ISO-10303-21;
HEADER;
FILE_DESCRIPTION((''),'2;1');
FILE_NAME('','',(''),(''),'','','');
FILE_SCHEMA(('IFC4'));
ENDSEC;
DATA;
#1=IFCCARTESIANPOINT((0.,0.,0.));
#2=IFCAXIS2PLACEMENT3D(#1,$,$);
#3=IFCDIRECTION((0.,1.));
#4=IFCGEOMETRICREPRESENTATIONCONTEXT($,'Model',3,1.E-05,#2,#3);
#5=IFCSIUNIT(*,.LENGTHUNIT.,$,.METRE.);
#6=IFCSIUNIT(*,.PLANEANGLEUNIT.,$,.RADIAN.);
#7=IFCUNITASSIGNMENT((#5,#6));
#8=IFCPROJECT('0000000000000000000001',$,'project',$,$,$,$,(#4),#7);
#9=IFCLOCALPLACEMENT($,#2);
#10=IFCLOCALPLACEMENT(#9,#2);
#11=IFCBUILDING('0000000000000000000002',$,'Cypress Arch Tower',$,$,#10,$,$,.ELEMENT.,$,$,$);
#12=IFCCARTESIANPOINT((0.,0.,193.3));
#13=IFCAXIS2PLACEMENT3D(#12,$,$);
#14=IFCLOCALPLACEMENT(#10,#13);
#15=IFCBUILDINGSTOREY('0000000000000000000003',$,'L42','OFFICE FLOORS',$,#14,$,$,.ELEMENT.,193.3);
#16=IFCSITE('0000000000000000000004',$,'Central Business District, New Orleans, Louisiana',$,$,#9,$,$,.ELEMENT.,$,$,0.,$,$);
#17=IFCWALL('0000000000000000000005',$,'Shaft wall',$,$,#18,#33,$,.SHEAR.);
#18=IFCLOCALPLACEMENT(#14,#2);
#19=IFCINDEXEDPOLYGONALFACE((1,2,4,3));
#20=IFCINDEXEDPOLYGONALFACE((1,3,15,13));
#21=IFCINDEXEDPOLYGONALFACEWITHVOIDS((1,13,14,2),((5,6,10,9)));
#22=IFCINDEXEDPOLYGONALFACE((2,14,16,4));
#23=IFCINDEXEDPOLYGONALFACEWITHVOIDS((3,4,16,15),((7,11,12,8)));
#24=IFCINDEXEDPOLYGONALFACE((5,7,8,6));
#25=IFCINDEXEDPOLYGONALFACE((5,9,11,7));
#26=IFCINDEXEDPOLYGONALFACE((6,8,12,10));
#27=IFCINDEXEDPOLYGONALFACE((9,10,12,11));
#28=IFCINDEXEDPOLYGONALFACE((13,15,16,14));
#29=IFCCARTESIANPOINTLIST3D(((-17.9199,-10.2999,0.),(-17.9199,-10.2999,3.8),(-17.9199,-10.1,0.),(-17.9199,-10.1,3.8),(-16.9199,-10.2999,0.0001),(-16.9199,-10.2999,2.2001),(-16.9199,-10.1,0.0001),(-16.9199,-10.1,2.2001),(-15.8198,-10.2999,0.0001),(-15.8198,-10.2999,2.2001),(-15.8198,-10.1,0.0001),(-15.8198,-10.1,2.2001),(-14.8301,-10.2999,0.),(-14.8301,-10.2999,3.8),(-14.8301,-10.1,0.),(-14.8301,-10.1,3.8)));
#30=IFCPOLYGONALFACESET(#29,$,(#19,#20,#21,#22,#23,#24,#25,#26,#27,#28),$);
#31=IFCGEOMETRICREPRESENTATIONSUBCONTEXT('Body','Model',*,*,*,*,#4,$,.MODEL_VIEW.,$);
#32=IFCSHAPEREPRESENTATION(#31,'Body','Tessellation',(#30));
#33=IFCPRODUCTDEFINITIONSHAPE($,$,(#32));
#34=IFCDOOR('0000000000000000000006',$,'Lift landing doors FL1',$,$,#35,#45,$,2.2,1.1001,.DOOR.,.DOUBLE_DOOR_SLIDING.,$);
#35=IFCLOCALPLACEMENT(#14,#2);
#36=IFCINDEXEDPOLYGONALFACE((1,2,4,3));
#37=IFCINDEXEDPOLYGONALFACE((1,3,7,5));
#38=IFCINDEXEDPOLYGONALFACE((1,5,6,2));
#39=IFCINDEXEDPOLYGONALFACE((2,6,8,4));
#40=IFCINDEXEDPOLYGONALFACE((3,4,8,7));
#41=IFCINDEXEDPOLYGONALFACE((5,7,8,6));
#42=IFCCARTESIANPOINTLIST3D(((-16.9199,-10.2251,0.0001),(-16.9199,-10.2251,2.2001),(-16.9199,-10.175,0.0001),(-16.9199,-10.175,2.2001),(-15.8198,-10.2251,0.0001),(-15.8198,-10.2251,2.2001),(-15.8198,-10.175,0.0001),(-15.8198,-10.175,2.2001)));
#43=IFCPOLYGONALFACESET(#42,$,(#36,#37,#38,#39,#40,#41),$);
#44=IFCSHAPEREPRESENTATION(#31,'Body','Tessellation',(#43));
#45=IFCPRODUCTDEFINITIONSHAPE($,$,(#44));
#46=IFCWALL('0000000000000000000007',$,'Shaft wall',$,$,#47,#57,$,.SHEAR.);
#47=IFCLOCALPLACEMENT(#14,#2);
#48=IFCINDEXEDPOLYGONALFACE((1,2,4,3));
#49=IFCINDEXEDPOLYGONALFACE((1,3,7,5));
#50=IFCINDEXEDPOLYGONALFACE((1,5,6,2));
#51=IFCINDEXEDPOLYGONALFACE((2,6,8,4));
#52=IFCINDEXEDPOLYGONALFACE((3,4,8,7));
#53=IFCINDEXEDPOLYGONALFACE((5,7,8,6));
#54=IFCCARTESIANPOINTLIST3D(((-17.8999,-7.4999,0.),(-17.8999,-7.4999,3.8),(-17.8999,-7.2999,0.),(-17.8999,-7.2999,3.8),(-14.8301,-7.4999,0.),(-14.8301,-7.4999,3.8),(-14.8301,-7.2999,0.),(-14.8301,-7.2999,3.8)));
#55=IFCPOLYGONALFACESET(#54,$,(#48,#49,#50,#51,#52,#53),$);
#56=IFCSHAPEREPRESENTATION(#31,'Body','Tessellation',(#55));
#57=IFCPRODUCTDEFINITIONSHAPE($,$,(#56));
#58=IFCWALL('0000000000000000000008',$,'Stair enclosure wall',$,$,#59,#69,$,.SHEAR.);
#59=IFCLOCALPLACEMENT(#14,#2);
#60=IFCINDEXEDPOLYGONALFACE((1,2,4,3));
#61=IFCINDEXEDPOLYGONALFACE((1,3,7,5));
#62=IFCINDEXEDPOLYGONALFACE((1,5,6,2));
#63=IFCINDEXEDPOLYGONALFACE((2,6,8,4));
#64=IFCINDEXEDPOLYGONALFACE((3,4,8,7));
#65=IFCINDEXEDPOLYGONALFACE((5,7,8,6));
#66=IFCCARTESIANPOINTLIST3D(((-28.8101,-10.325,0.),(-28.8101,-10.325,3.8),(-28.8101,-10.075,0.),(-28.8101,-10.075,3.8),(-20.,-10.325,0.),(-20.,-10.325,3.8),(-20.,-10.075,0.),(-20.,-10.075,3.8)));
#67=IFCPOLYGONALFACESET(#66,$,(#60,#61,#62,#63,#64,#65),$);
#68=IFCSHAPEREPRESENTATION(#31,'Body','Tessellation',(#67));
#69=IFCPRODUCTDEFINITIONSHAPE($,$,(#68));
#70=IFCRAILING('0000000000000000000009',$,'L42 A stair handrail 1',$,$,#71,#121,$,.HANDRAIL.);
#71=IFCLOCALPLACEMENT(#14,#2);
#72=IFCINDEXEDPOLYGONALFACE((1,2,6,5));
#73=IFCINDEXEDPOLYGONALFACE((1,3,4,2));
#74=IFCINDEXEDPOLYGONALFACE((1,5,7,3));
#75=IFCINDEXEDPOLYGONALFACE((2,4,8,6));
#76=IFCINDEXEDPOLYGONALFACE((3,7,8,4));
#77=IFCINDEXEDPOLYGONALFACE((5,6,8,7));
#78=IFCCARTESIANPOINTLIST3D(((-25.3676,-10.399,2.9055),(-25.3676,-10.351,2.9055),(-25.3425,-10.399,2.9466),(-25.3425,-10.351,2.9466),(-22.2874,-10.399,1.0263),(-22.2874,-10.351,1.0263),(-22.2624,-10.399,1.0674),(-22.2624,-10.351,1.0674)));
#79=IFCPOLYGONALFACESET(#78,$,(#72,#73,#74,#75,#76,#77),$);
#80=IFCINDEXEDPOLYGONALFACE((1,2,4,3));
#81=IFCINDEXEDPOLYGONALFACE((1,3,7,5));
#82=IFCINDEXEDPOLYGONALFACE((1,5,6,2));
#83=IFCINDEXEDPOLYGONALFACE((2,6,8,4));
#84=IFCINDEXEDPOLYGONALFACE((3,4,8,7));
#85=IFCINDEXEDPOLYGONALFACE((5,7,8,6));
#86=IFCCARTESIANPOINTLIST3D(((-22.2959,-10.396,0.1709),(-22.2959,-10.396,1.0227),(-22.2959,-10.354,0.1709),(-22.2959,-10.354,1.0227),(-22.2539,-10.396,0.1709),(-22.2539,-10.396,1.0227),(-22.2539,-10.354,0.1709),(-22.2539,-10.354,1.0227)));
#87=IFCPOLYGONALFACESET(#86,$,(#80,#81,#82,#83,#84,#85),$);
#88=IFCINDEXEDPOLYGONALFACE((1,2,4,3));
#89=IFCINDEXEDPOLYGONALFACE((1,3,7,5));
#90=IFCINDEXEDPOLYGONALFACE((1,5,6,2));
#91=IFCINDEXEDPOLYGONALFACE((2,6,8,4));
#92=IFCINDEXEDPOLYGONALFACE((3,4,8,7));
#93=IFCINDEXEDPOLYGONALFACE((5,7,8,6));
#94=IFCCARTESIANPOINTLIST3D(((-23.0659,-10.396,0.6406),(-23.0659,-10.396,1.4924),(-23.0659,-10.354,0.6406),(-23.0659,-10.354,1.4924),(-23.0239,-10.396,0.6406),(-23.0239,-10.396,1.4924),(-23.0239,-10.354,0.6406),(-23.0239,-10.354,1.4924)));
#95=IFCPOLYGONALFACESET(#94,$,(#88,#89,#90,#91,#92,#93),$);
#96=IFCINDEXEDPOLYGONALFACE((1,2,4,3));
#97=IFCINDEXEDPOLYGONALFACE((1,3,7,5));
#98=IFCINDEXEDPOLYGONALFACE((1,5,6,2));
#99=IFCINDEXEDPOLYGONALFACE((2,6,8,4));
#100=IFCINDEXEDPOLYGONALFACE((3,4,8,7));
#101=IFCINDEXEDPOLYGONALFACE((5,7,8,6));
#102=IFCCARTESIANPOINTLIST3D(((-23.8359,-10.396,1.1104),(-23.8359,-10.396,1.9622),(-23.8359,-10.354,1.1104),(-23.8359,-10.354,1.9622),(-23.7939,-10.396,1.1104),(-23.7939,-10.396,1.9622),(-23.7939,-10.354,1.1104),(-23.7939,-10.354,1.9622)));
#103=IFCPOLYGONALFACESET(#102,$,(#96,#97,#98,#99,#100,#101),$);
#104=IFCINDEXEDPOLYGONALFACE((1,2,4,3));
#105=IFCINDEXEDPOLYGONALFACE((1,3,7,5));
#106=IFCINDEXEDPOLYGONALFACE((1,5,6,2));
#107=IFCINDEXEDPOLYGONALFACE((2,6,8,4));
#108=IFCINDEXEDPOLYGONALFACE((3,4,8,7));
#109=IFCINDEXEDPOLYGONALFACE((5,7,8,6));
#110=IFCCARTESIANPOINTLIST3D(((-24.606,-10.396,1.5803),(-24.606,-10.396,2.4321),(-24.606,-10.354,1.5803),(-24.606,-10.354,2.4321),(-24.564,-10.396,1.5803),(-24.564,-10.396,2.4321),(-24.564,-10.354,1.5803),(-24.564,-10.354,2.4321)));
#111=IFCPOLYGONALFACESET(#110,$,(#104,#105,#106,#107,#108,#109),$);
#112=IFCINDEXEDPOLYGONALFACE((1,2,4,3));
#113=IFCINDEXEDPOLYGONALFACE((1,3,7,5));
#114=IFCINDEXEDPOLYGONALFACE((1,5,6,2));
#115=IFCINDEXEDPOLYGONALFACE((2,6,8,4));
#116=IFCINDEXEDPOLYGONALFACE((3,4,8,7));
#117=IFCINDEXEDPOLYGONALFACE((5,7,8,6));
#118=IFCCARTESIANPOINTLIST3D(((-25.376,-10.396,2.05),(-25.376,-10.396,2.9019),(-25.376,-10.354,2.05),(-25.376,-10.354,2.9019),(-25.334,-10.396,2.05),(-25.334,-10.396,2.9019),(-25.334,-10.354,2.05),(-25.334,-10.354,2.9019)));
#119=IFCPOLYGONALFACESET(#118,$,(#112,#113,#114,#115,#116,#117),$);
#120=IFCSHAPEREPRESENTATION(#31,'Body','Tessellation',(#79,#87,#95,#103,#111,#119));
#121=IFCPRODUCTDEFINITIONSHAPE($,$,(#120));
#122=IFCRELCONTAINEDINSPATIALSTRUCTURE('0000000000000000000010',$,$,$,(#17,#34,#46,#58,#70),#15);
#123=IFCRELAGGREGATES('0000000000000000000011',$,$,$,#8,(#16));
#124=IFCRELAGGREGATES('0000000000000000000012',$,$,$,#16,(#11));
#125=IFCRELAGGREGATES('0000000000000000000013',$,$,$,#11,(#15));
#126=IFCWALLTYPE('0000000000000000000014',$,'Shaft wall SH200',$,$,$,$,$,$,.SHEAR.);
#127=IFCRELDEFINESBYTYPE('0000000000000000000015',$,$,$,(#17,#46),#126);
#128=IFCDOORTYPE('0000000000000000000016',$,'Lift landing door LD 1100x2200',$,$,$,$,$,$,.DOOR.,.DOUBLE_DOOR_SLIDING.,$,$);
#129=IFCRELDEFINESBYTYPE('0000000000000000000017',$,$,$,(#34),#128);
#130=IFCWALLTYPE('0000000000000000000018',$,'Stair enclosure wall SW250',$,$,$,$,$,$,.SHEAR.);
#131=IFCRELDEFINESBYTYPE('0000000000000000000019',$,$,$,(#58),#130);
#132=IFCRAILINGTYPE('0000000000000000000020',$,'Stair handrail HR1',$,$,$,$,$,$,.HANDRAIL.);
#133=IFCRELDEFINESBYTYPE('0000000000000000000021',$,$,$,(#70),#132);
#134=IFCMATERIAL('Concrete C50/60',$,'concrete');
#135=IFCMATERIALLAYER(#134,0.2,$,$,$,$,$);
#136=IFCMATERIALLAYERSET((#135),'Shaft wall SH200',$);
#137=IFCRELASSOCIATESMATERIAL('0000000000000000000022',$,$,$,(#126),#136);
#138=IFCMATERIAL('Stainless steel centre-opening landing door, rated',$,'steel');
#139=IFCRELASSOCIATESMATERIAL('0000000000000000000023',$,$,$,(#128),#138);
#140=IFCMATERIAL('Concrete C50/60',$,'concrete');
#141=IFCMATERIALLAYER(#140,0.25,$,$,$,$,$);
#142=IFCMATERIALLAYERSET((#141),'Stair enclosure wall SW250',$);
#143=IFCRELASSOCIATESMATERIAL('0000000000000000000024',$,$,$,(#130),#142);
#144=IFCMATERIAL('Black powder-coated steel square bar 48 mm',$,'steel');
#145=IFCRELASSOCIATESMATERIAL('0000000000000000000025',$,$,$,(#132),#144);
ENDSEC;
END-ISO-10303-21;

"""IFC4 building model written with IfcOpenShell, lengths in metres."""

from ifc_helpers import new_model, si_unit, direction, frame, frame_2d, origin, origin_2d, place, context, subcontext, project, spatial, rectangle, extrude, material, layer, layer_set, type_object, element, fill, save


model = new_model("IFC4")

# Units and contexts
model_context = context("Model", 3, precision=1e-05, world=origin(), true_north=direction((0.0, 1.0)))
body_context = subcontext(model_context, "Body", "Model", "MODEL_VIEW")
ifc_project = project(units=[si_unit("LENGTHUNIT", "METRE"), si_unit("PLANEANGLEUNIT", "RADIAN")], contexts=[model_context])

# Site, building, storey
site_placement = place(None, origin())
site = spatial("IfcSite", under=ifc_project, at=site_placement, Name="Central Business District, New Orleans, Louisiana", CompositionType="ELEMENT", RefElevation=0.0)
building_placement = place(site_placement, origin())
building = spatial("IfcBuilding", under=site, at=building_placement, Name="Cypress Arch Tower", CompositionType="ELEMENT")
storey_placement = place(building_placement, frame((0.0, 0.0, 193.3)))
storey = spatial("IfcBuildingStorey", under=building, at=storey_placement, Name="L42", Description="OFFICE FLOORS", CompositionType="ELEMENT", Elevation=193.3)

# Shared definitions
ifc_material_1 = material(Name="Concrete C50/60", Category="concrete")
ifc_layer_1 = layer(ifc_material_1, 0.2)
ifc_layer_set_1 = layer_set([ifc_layer_1], Name="Shaft wall SH200")
wall_type_1 = type_object("IfcWallType", Name="Shaft wall SH200", PredefinedType="SHEAR", material=ifc_layer_set_1)

# Wall, opening, door
wall_1_placement = place(storey_placement, frame((-17.9199, -10.2, 0.0), z_axis=(0.0, 0.0, 1.0), x_axis=(1.0, 0.0, 0.0)))
wall_1 = element("IfcWall", 1, at=wall_1_placement, inside=storey, type_object=wall_type_1, Name="Shaft wall", PredefinedType="SHEAR", context=body_context, shape_type="SweptSolid", body=[
    extrude(rectangle(XDim=3.0898, YDim=0.2, at=frame_2d((1.5449, 0.0))), origin(), (0.0, 0.0, 1.0), 3.8),
])
opening_1_placement = place(wall_1_placement, frame((1.0, 0.0, 0.0)))
opening_1 = element("IfcOpeningElement", 2, at=opening_1_placement, cuts=wall_1, PredefinedType="OPENING", context=body_context, shape_type="SweptSolid", body=[
    extrude(rectangle(XDim=1.1001, YDim=2.2, at=frame_2d((0.55, 1.1001))), frame((0.0, 0.1099, 0.0), z_axis=(0.0, -1.0, 0.0), x_axis=(1.0, 0.0, 0.0)), (0.0, 0.0, 1.0), 0.22),
])
ifc_material_2 = material(Name="Stainless steel centre-opening landing door, rated", Category="steel")
door_type_1 = type_object("IfcDoorType", Name="Lift landing door LD 1100x2200", OperationType="DOUBLE_DOOR_SLIDING", PredefinedType="DOOR", material=ifc_material_2)
door_1_placement = place(opening_1_placement, origin())
door_1 = element("IfcDoor", 3, at=door_1_placement, inside=storey, type_object=door_type_1, Name="Lift landing doors FL1", OperationType="DOUBLE_DOOR_SLIDING", OverallHeight=2.2, OverallWidth=1.1001, PredefinedType="DOOR", context=body_context, shape_type="SweptSolid", body=[
    extrude(rectangle(XDim=1.1001, YDim=2.2, at=frame_2d((0.55, 1.1001))), frame((0.0, 0.0249, 0.0), z_axis=(0.0, -1.0, 0.0), x_axis=(1.0, 0.0, 0.0)), (0.0, 0.0, 1.0), 0.05),
])
fill(opening_1, door_1)

# Walls
wall_2_placement = place(storey_placement, frame((-17.8999, -7.3999, 0.0), z_axis=(0.0, 0.0, 1.0), x_axis=(1.0, 0.0, 0.0)))
element("IfcWall", 4, at=wall_2_placement, inside=storey, type_object=wall_type_1, Name="Shaft wall", PredefinedType="SHEAR", context=body_context, shape_type="SweptSolid", body=[
    extrude(rectangle(XDim=3.0698, YDim=0.2, at=frame_2d((1.5349, 0.0))), origin(), (0.0, 0.0, 1.0), 3.8),
])
ifc_material_3 = material(Name="Concrete C50/60", Category="concrete")
ifc_layer_2 = layer(ifc_material_3, 0.25)
ifc_layer_set_2 = layer_set([ifc_layer_2], Name="Stair enclosure wall SW250")
wall_type_2 = type_object("IfcWallType", Name="Stair enclosure wall SW250", PredefinedType="SHEAR", material=ifc_layer_set_2)
wall_3_placement = place(storey_placement, frame((-28.8101, -10.2, 0.0), z_axis=(0.0, 0.0, 1.0), x_axis=(1.0, 0.0, 0.0)))
element("IfcWall", 5, at=wall_3_placement, inside=storey, type_object=wall_type_2, Name="Stair enclosure wall", PredefinedType="SHEAR", context=body_context, shape_type="SweptSolid", body=[
    extrude(rectangle(XDim=8.8101, YDim=0.25, at=frame_2d((4.405, 0.0))), origin(), (0.0, 0.0, 1.0), 3.8),
])

# Railing
ifc_material_4 = material(Name="Black powder-coated steel square bar 48 mm", Category="steel")
railing_type = type_object("IfcRailingType", Name="Stair handrail HR1", PredefinedType="HANDRAIL", material=ifc_material_4)
railing_placement = place(storey_placement, frame((-22.2749, -10.375, 0.1709)))
element("IfcRailing", 6, at=railing_placement, inside=storey, type_object=railing_type, Name="L42 A stair handrail 1", PredefinedType="HANDRAIL", context=body_context, shape_type="SweptSolid", body=[
    extrude(rectangle(XDim=0.0481, YDim=0.0481, at=origin_2d()), frame((0.0, 0.0, 0.876), z_axis=(-0.853666, 0.0, 0.52082), x_axis=(0.0, -1.0, 0.0)), (0.0, 0.0, 1.0), 3.6082),
    extrude(rectangle(XDim=0.042, YDim=0.042, at=origin_2d()), origin(), (0.0, 0.0, 1.0), 0.8518),
    extrude(rectangle(XDim=0.042, YDim=0.042, at=origin_2d()), frame((-0.77, 0.0, 0.4697)), (0.0, 0.0, 1.0), 0.8518),
    extrude(rectangle(XDim=0.042, YDim=0.042, at=origin_2d()), frame((-1.54, 0.0, 0.9395)), (0.0, 0.0, 1.0), 0.8518),
    extrude(rectangle(XDim=0.042, YDim=0.042, at=origin_2d()), frame((-2.3101, 0.0, 1.4094)), (0.0, 0.0, 1.0), 0.8518),
    extrude(rectangle(XDim=0.042, YDim=0.042, at=origin_2d()), frame((-3.0801, 0.0, 1.8792)), (0.0, 0.0, 1.0), 0.8518),
])

save(model, "model.ifc")
